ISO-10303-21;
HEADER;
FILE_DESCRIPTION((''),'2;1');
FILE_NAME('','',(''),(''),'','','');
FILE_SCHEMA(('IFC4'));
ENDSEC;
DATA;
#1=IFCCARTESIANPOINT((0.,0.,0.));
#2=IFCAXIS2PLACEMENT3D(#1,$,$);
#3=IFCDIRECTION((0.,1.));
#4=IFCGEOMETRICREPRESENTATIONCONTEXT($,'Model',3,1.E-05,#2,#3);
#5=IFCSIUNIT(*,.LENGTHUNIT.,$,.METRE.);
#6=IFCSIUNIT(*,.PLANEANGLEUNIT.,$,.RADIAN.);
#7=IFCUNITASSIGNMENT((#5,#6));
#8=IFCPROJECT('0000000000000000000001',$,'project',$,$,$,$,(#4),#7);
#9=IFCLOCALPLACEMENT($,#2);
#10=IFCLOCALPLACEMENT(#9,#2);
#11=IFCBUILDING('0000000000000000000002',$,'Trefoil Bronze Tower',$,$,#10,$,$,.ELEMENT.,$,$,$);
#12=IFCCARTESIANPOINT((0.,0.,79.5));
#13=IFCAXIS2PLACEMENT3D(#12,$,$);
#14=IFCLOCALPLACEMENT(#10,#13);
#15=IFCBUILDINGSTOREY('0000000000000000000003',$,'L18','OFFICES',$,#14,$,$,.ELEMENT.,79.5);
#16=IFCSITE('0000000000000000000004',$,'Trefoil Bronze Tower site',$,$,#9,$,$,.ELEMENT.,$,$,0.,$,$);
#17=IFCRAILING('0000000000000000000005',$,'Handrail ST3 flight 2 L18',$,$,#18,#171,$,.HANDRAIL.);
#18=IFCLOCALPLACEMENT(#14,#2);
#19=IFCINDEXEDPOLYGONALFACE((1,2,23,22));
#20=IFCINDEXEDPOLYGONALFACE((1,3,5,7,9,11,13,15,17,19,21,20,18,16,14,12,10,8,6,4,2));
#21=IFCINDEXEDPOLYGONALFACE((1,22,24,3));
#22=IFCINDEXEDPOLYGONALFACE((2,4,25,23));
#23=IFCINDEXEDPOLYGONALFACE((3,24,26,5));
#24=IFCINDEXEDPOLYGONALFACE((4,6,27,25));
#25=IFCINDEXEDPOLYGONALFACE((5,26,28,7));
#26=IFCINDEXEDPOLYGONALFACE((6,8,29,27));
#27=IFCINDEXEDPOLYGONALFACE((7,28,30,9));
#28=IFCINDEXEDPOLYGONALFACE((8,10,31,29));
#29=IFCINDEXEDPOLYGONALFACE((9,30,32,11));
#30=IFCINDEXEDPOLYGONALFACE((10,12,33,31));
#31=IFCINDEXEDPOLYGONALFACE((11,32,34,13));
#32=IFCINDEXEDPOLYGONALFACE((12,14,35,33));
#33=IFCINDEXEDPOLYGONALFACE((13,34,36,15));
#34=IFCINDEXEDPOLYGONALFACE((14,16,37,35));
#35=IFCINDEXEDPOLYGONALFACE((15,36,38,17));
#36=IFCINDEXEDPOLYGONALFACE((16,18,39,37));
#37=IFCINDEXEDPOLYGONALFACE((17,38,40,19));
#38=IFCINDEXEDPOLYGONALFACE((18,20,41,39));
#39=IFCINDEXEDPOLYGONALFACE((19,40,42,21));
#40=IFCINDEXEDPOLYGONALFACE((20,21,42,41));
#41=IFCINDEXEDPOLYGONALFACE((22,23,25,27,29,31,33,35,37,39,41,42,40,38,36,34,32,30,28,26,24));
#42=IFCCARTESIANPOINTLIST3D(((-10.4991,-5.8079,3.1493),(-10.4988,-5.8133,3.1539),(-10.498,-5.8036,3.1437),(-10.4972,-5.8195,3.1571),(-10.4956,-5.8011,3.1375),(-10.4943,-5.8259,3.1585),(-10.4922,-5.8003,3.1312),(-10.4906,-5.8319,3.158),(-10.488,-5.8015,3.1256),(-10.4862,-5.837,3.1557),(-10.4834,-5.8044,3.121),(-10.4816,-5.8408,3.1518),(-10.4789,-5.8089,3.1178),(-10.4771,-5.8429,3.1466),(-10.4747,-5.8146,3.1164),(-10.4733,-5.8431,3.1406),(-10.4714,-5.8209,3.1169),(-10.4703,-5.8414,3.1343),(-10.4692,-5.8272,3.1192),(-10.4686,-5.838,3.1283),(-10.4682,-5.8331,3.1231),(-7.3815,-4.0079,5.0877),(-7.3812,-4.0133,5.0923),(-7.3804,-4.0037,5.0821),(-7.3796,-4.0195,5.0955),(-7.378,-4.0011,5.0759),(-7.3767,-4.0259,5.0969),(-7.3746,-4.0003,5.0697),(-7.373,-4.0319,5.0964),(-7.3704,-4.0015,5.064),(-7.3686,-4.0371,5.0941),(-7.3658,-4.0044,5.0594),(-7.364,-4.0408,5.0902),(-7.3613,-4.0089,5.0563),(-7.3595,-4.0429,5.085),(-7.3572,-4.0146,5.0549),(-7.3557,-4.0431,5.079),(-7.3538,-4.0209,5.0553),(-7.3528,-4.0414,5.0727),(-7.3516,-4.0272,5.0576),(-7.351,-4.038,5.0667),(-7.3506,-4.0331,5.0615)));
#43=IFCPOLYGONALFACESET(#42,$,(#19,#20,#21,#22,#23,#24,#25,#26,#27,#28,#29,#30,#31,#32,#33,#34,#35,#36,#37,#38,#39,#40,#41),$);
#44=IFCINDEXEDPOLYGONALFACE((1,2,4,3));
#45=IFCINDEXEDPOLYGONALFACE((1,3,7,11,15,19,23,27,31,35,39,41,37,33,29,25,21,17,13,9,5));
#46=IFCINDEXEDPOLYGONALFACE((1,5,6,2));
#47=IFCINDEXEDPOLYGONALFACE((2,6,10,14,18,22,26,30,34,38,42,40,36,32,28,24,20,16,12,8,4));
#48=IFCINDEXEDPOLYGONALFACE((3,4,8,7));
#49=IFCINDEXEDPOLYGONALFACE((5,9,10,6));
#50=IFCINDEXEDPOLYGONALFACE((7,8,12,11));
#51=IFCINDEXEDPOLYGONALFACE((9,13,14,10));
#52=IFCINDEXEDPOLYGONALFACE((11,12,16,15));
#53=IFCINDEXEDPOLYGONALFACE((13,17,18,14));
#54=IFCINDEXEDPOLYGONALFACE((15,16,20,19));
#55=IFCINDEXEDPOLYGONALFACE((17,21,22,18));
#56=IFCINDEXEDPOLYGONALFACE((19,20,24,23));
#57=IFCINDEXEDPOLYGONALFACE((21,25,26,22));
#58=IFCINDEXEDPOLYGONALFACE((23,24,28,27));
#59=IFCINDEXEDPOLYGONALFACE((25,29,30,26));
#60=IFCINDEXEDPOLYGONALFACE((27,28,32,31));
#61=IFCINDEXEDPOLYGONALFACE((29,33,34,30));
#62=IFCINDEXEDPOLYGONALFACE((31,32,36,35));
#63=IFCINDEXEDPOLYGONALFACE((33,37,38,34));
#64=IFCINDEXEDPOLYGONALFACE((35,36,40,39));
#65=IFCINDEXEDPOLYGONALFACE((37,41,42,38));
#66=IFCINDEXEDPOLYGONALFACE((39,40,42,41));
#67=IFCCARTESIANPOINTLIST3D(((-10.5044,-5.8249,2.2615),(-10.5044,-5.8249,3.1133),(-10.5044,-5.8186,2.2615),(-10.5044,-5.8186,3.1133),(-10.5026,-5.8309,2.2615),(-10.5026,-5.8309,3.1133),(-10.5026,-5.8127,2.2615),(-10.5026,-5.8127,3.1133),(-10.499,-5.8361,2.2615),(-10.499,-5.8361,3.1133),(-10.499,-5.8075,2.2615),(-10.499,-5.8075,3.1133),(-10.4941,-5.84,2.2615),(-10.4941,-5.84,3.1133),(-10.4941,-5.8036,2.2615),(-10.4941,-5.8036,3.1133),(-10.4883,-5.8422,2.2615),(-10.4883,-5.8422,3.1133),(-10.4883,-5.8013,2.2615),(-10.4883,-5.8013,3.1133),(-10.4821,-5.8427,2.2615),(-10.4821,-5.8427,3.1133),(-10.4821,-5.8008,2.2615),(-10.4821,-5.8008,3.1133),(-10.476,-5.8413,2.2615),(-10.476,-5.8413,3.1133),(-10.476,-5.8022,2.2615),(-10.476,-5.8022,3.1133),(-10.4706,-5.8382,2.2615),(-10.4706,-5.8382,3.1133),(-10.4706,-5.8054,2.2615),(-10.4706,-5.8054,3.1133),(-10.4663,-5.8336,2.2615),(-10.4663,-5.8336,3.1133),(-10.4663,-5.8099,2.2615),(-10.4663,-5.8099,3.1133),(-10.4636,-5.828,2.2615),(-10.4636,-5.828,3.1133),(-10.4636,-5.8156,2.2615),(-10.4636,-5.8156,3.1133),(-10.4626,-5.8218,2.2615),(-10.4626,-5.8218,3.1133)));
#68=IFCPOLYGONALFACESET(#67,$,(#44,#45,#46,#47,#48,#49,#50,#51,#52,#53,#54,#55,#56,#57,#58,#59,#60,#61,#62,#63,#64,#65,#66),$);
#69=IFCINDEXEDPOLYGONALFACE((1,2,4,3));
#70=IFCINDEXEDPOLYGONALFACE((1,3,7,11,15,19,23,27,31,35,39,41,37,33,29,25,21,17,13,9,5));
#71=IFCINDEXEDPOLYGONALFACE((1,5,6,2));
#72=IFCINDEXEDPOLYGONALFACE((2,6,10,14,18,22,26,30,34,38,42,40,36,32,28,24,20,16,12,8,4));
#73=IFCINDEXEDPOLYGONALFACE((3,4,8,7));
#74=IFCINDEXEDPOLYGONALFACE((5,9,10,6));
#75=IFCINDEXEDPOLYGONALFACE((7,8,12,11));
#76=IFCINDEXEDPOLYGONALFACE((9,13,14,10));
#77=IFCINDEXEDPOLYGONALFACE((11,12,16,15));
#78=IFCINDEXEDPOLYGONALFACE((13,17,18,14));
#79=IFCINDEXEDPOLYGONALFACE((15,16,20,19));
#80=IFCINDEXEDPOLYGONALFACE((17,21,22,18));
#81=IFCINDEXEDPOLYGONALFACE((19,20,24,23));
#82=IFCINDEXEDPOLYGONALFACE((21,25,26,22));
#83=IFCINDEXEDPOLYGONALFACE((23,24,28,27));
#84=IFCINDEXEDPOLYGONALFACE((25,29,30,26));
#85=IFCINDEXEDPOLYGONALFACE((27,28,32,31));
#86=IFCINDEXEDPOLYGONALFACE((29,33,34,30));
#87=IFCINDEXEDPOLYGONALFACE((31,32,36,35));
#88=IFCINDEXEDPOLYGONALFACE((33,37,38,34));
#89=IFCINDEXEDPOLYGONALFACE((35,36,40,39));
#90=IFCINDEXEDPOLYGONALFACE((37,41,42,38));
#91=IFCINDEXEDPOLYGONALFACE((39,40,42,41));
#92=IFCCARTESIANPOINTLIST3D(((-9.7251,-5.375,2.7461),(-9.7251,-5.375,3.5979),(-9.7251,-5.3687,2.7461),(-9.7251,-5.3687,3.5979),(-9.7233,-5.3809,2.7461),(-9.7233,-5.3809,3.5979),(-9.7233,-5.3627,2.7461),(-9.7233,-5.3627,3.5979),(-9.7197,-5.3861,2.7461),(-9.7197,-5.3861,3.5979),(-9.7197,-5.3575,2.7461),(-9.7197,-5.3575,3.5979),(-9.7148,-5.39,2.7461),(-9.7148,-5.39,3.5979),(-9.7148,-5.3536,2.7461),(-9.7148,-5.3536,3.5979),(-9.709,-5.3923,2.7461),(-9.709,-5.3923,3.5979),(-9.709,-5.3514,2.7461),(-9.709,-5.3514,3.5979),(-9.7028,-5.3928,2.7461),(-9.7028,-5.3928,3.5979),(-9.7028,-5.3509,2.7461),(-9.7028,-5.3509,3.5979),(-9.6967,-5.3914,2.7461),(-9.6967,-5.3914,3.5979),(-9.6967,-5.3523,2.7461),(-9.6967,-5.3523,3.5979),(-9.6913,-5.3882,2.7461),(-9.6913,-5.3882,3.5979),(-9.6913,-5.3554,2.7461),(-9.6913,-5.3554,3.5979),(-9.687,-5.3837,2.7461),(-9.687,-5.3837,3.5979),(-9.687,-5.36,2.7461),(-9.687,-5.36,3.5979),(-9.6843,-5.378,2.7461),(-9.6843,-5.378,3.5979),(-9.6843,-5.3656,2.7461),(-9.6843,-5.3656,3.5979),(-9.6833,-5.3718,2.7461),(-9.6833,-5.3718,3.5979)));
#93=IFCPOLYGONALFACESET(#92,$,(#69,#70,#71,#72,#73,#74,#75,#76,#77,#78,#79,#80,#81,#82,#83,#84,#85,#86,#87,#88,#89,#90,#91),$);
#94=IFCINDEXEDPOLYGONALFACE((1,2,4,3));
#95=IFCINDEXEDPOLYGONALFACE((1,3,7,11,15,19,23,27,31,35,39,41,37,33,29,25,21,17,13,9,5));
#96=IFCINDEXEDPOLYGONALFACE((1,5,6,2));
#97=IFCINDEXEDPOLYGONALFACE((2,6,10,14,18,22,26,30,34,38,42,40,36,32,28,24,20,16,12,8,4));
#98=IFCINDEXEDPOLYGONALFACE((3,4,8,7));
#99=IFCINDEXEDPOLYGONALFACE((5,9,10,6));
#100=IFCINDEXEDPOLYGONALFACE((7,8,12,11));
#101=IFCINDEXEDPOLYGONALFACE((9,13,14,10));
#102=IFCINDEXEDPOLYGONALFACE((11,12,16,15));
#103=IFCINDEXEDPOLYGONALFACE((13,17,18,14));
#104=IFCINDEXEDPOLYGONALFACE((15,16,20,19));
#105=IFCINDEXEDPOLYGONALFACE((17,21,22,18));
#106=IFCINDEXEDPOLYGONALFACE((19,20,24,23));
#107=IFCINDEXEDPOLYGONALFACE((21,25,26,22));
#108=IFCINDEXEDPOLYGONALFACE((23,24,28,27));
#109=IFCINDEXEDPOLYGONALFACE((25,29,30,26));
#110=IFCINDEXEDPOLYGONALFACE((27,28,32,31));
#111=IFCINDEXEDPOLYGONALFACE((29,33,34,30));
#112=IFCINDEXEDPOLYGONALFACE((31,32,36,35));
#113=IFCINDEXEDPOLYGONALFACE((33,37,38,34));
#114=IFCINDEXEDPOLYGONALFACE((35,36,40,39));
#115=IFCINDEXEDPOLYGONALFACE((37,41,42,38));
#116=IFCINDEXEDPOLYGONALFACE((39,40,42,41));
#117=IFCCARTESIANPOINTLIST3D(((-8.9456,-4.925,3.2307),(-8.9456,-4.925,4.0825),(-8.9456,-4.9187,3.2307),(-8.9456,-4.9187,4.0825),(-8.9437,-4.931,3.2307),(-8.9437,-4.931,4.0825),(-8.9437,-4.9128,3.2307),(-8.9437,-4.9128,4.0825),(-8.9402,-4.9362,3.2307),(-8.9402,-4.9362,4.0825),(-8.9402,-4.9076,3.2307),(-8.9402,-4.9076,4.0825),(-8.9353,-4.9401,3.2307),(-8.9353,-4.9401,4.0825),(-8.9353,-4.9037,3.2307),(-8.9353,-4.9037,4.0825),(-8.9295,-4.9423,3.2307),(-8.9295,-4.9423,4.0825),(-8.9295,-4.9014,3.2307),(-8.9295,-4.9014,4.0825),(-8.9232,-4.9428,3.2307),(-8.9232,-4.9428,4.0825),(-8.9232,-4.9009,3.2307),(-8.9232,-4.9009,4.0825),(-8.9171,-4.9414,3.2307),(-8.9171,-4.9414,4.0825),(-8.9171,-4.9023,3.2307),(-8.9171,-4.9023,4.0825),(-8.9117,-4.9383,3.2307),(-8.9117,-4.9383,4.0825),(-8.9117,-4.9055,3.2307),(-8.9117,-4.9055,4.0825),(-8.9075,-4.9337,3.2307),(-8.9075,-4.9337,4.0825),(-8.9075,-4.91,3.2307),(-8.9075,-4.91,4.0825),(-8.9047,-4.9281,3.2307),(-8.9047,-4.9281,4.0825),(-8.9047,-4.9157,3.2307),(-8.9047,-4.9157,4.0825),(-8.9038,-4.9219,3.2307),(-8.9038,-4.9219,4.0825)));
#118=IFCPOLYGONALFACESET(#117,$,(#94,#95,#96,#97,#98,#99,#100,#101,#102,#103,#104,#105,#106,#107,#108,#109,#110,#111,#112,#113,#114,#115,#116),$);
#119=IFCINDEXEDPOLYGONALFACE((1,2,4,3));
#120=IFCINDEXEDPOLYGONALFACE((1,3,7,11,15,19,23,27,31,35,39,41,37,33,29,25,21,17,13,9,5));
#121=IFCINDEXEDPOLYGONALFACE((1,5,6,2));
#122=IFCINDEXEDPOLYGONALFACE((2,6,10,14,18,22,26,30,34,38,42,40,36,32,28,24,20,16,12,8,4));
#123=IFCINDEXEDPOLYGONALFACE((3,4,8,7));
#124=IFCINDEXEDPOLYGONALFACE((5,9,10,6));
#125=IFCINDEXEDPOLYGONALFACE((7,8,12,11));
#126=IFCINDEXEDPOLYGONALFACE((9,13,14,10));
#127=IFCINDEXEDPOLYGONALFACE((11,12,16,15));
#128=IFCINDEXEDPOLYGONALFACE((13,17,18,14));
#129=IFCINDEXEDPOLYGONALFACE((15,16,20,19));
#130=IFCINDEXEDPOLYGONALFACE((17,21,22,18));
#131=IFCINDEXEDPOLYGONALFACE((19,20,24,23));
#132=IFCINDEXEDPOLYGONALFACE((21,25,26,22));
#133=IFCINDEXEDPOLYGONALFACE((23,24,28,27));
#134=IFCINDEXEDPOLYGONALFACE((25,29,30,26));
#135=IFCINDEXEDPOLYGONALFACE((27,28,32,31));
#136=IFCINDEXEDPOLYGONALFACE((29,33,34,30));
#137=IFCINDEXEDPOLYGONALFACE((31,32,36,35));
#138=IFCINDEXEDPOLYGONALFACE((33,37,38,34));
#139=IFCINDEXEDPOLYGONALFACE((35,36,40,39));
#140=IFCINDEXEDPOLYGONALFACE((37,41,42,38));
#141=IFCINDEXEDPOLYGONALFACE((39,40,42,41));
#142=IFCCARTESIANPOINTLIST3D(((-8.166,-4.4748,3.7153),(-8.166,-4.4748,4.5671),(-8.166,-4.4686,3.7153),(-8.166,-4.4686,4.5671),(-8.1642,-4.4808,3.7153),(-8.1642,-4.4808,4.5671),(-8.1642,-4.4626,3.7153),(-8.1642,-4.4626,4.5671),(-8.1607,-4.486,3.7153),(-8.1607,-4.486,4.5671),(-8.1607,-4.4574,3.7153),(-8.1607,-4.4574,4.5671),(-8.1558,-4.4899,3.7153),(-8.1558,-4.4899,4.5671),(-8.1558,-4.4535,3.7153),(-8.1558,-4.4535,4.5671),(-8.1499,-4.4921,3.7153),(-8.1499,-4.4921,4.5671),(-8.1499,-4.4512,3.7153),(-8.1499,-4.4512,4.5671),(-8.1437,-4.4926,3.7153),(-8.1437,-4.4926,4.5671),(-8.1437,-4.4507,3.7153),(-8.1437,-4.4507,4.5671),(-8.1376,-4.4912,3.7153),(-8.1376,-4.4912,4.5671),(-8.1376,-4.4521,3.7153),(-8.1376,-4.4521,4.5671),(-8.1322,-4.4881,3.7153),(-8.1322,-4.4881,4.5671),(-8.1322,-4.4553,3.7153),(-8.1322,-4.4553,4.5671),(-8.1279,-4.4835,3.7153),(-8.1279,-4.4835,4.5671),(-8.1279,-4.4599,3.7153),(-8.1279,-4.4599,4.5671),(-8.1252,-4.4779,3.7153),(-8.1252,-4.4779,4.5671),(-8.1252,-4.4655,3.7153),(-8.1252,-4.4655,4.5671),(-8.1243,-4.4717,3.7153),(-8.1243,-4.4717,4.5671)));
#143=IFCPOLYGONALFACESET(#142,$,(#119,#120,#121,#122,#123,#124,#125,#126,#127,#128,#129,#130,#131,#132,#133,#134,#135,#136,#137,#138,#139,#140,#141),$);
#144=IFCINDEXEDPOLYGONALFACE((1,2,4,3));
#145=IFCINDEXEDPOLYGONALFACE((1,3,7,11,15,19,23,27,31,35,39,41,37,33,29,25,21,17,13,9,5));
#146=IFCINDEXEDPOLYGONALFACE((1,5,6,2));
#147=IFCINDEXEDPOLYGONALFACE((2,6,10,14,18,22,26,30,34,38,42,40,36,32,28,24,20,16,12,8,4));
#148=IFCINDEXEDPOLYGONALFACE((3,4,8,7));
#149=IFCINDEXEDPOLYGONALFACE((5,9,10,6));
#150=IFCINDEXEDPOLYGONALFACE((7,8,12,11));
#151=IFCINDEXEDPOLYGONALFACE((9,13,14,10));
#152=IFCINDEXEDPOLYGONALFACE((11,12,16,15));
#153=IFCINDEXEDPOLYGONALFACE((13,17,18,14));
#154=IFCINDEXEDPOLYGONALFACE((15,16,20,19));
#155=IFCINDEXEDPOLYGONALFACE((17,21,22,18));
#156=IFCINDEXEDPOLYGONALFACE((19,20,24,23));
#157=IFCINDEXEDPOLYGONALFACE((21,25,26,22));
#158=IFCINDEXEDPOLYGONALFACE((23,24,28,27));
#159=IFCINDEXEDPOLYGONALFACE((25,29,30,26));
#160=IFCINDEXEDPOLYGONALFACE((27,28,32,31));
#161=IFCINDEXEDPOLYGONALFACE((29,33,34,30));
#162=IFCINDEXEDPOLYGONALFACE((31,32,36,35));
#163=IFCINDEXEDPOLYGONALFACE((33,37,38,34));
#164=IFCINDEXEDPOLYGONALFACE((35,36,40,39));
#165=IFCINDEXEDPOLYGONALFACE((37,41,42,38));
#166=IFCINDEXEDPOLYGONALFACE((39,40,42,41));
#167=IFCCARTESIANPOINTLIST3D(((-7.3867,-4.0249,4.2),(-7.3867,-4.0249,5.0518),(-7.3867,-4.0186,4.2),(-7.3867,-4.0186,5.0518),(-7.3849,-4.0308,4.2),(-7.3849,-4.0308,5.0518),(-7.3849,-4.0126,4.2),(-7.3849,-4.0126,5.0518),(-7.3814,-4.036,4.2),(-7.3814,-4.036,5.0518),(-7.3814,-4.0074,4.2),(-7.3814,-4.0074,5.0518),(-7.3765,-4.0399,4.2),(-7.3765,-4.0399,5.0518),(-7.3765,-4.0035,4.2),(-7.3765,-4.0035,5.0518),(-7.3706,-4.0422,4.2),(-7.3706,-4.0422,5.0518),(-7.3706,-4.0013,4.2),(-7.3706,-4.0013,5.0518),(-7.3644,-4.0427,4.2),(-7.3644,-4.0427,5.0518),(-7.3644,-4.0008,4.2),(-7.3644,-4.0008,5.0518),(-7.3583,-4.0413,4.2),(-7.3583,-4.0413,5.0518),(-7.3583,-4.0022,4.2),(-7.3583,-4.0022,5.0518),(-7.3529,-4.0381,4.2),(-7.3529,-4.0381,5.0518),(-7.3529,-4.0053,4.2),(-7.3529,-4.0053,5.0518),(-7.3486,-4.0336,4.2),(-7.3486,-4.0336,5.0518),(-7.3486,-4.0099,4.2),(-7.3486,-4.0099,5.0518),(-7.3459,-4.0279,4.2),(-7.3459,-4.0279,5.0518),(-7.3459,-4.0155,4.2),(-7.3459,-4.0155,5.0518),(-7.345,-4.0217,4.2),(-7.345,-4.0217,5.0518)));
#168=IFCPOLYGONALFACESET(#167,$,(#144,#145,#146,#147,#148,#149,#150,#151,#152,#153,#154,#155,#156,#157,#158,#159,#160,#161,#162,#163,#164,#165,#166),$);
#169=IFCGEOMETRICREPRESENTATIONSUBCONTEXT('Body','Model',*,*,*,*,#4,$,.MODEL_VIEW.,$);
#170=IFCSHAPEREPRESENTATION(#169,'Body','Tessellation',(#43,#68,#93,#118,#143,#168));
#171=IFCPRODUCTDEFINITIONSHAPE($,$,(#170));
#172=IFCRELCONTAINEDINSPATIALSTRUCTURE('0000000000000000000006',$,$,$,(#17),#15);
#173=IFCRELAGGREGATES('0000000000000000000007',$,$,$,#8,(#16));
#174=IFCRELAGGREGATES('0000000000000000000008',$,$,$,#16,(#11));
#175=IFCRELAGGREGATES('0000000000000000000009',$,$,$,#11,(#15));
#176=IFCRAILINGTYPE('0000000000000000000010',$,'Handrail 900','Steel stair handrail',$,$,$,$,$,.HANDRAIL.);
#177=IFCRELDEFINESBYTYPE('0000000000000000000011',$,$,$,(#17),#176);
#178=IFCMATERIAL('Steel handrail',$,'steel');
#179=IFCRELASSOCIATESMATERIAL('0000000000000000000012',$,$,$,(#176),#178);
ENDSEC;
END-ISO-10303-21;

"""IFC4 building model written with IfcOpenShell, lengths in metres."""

from ifc_helpers import new_model, si_unit, direction, frame, origin, origin_2d, place, context, subcontext, project, spatial, circle, extrude, material, type_object, element, save


model = new_model("IFC4")

# Units and contexts
model_context = context("Model", 3, precision=1e-05, world=origin(), true_north=direction((0.0, 1.0)))
body_context = subcontext(model_context, "Body", "Model", "MODEL_VIEW")
ifc_project = project(units=[si_unit("LENGTHUNIT", "METRE"), si_unit("PLANEANGLEUNIT", "RADIAN")], contexts=[model_context])

# Site, building, storey
site_placement = place(None, origin())
site = spatial("IfcSite", under=ifc_project, at=site_placement, Name="Trefoil Bronze Tower site", CompositionType="ELEMENT", RefElevation=0.0)
building_placement = place(site_placement, origin())
building = spatial("IfcBuilding", under=site, at=building_placement, Name="Trefoil Bronze Tower", CompositionType="ELEMENT")
storey_placement = place(building_placement, frame((0.0, 0.0, 79.5)))
storey = spatial("IfcBuildingStorey", under=building, at=storey_placement, Name="L18", Description="OFFICES", CompositionType="ELEMENT", Elevation=79.5)

# Railing
ifc_material_1 = material(Name="Steel handrail", Category="steel")
railing_type = type_object("IfcRailingType", Name="Handrail 900", Description="Steel stair handrail", PredefinedType="HANDRAIL", material=ifc_material_1)
railing_placement = place(storey_placement, frame((-10.4836, -5.8218, 2.2615)))
element("IfcRailing", 1, at=railing_placement, inside=storey, type_object=railing_type, Name="Handrail ST3 flight 2 L18", PredefinedType="HANDRAIL", context=body_context, shape_type="SweptSolid", body=[
    extrude(circle(Radius=0.0239, at=origin_2d()), frame((0.0, 0.0, 0.876), z_axis=(0.762503, 0.440246, 0.474102), x_axis=(-0.500012, 0.866018, 0.0)), (0.0, 0.0, 1.0), 4.0886),
    extrude(circle(Radius=0.021, at=origin_2d()), origin(), (0.0, 0.0, 1.0), 0.8518),
    extrude(circle(Radius=0.021, at=origin_2d()), frame((0.7793, 0.45, 0.4846)), (0.0, 0.0, 1.0), 0.8518),
    extrude(circle(Radius=0.021, at=origin_2d()), frame((1.5588, 0.8999, 0.9692)), (0.0, 0.0, 1.0), 0.8518),
    extrude(circle(Radius=0.021, at=origin_2d()), frame((2.3384, 1.3501, 1.4539)), (0.0, 0.0, 1.0), 0.8518),
    extrude(circle(Radius=0.021, at=origin_2d()), frame((3.1177, 1.8, 1.9385)), (0.0, 0.0, 1.0), 0.8518),
])

save(model, "model.ifc")
